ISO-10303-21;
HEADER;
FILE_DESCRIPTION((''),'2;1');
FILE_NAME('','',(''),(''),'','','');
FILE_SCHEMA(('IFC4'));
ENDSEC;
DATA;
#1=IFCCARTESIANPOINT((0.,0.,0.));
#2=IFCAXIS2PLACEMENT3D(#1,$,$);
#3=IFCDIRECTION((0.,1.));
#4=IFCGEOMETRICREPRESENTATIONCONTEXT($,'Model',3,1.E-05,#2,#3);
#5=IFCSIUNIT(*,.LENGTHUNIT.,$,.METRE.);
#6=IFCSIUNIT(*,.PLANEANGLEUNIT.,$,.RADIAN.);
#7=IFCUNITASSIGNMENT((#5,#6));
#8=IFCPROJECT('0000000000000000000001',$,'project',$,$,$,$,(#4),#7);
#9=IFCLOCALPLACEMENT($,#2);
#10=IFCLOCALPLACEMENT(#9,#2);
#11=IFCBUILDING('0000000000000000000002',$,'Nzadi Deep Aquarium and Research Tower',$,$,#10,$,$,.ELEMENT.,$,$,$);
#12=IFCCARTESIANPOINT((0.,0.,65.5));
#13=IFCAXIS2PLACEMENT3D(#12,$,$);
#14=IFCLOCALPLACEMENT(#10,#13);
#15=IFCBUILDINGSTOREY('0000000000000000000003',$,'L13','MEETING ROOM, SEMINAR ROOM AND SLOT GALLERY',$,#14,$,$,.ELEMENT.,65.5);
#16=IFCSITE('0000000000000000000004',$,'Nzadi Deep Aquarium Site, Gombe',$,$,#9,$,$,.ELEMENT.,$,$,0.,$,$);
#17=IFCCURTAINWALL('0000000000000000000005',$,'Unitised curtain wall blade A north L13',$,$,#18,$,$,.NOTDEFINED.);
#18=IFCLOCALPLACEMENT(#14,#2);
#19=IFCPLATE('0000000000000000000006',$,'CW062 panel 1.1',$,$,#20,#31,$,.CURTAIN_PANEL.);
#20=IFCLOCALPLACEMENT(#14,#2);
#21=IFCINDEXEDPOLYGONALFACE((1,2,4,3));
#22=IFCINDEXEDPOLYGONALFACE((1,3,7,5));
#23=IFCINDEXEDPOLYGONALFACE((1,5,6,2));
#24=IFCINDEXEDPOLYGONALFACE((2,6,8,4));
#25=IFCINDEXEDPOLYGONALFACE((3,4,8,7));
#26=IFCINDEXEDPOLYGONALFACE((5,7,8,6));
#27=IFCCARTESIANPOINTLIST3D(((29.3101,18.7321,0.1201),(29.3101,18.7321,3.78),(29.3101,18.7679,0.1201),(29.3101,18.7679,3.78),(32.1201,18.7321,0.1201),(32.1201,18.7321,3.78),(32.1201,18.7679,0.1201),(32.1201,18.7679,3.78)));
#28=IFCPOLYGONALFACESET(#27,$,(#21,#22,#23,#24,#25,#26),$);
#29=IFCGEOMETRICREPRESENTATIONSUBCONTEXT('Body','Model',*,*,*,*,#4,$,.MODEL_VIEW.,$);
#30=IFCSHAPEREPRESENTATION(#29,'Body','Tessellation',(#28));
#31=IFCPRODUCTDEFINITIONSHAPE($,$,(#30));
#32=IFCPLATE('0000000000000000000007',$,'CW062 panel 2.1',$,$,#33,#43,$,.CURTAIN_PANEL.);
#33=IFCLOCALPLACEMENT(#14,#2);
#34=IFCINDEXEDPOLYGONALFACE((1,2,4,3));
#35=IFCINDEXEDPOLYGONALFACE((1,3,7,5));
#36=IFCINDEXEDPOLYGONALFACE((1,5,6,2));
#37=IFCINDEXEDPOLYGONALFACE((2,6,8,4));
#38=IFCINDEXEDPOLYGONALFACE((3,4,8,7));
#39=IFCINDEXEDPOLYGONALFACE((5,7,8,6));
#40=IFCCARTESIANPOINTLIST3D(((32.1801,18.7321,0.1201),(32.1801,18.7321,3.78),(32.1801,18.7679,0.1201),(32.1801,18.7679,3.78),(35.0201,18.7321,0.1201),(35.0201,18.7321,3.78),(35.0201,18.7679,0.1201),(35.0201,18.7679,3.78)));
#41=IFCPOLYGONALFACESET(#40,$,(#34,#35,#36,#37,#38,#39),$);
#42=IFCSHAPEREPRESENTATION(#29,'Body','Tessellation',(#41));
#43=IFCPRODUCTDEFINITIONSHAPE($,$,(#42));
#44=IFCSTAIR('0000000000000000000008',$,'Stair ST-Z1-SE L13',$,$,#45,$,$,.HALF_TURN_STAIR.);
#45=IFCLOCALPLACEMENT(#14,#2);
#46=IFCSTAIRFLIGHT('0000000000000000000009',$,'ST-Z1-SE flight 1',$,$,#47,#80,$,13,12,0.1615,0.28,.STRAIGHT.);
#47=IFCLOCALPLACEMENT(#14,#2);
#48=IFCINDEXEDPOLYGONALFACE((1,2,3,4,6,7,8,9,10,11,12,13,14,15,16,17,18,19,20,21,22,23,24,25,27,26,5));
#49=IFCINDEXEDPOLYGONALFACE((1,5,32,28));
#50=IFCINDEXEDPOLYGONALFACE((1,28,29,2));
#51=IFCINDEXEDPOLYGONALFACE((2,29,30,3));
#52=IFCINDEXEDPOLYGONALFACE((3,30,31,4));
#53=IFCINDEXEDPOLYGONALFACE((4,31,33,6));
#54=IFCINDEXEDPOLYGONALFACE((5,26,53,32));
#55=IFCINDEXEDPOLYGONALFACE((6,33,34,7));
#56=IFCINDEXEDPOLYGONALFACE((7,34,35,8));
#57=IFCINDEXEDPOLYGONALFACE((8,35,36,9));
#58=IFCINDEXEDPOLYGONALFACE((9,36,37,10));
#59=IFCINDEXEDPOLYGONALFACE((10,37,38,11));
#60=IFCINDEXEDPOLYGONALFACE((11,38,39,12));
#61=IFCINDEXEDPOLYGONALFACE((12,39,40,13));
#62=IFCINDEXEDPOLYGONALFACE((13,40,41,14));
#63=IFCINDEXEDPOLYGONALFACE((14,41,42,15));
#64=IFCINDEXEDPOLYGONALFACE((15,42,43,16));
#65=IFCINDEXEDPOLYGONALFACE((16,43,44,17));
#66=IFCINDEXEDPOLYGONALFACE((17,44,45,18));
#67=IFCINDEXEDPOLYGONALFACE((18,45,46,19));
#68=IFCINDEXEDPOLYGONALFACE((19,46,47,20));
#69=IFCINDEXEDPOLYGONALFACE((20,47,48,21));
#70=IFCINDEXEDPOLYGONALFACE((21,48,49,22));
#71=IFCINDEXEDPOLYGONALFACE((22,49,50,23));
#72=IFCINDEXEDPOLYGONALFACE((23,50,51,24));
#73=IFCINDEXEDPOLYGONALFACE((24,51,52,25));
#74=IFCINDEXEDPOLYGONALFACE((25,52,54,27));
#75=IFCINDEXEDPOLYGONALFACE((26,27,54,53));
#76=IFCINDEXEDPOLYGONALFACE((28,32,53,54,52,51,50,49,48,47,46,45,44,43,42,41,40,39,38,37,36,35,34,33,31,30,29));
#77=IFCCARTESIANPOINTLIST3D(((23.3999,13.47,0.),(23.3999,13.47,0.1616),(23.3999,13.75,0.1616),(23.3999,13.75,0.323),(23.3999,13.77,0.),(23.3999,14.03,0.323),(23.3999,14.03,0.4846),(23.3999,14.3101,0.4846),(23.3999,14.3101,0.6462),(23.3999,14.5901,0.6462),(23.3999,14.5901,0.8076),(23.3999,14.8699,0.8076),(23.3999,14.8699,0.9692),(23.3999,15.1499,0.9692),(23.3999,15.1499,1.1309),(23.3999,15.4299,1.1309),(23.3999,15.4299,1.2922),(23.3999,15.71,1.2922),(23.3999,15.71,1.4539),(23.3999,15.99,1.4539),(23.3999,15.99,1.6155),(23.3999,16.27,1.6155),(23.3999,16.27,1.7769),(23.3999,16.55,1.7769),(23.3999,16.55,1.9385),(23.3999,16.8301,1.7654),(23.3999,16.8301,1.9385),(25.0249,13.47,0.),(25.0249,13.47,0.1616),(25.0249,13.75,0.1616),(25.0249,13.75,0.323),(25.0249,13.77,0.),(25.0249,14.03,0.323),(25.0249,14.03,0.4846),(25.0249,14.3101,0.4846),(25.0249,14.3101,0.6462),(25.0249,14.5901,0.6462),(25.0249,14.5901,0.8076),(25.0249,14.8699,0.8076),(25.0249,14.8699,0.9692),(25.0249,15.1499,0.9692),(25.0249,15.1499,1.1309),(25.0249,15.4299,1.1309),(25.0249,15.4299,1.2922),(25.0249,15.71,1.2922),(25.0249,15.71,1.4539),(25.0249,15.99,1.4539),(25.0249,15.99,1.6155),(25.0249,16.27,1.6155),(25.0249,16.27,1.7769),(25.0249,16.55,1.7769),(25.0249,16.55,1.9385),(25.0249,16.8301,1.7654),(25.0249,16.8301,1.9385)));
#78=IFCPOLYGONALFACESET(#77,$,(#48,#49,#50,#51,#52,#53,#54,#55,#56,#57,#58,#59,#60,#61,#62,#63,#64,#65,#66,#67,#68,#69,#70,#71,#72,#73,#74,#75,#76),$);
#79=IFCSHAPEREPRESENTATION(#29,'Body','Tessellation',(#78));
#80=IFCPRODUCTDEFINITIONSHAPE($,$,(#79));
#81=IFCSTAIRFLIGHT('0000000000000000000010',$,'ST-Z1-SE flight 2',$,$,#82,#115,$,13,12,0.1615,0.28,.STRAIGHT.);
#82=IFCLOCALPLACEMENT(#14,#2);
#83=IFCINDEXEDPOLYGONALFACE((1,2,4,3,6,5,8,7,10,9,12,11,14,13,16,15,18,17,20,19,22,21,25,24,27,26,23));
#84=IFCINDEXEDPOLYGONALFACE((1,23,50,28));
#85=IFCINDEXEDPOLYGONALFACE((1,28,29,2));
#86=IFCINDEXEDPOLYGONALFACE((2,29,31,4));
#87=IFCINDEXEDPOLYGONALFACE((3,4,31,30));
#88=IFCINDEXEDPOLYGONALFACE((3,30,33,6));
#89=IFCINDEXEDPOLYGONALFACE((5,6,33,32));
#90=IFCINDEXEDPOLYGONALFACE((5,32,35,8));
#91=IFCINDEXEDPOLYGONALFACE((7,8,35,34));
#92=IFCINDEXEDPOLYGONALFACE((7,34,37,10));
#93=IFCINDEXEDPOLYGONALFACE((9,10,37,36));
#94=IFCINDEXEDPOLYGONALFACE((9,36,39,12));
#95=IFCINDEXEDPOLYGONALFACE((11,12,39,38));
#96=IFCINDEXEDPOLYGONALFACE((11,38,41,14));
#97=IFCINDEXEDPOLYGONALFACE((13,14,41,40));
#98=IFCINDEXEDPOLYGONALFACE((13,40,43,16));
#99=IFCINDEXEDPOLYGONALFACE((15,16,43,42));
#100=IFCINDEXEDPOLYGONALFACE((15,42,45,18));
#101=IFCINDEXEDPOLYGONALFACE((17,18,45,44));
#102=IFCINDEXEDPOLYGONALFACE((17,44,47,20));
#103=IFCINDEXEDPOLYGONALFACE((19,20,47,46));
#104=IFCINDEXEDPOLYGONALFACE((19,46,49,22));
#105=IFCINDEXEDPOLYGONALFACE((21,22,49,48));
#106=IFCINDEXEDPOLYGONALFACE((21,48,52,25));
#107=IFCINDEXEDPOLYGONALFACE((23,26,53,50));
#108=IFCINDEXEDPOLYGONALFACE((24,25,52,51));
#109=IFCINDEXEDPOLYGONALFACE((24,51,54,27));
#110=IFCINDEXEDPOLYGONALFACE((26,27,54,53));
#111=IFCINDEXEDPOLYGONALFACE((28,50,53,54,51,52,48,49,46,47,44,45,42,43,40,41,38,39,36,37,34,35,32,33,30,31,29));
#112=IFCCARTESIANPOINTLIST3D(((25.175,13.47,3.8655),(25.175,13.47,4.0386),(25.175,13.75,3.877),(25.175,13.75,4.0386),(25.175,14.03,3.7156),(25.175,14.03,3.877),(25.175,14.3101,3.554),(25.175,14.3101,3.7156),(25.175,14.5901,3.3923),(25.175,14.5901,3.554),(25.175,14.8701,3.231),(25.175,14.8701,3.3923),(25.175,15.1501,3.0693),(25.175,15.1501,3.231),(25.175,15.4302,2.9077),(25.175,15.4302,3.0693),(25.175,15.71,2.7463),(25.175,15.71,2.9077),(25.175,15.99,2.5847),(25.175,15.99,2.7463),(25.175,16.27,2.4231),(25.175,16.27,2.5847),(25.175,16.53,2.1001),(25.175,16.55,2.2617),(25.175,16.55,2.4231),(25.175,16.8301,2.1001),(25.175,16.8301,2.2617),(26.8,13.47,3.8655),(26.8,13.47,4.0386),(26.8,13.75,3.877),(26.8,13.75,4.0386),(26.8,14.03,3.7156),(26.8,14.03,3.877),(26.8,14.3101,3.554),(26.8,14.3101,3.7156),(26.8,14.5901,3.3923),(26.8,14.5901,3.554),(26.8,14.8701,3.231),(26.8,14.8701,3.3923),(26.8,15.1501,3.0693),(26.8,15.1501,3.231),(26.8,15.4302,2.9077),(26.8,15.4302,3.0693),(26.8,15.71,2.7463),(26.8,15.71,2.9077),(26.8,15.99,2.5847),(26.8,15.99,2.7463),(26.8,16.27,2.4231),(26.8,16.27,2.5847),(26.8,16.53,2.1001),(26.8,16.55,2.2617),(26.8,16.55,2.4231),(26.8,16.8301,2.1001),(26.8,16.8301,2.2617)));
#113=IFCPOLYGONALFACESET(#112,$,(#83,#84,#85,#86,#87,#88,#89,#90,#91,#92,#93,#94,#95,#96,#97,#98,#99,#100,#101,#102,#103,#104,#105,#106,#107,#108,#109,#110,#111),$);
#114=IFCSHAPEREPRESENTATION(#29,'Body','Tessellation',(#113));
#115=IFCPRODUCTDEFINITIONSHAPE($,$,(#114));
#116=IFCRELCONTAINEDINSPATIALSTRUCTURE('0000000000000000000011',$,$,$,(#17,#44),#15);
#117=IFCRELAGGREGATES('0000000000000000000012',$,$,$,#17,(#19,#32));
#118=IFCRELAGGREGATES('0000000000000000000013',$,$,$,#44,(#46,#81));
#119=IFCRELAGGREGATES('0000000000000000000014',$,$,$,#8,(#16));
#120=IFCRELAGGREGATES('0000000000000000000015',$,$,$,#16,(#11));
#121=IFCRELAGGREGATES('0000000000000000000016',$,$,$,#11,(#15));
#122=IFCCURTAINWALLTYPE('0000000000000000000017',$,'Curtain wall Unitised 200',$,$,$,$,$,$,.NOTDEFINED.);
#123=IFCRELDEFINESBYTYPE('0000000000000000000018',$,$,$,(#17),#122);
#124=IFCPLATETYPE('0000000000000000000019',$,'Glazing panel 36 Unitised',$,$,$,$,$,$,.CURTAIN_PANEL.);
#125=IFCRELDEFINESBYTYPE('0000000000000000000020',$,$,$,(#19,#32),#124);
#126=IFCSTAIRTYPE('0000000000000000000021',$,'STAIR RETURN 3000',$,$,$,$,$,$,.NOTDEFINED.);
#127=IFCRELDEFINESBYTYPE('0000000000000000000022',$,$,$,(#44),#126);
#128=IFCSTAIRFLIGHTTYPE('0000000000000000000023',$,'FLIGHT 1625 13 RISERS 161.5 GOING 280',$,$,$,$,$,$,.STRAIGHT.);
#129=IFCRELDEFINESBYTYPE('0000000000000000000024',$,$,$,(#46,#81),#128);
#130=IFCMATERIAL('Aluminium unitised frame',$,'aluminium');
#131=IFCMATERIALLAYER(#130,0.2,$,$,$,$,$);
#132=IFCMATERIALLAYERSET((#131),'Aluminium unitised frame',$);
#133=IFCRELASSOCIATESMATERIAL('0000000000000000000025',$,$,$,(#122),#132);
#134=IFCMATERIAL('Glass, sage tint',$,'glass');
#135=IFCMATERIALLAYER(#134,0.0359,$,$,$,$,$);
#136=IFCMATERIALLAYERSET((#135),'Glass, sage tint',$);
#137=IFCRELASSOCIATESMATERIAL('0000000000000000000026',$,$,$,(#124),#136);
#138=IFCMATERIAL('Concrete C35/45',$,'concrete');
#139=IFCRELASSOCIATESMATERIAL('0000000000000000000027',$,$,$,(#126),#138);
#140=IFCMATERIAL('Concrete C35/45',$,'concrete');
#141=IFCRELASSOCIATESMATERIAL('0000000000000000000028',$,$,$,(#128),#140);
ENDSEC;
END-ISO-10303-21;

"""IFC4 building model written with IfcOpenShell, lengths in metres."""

from ifc_helpers import new_model, si_unit, direction, frame, origin, origin_2d, place, context, subcontext, project, spatial, polyline, rectangle, outline, extrude, material, layer, layer_set, type_object, element, aggregate, save


model = new_model("IFC4")

# Units and contexts
model_context = context("Model", 3, precision=1e-05, world=origin(), true_north=direction((0.0, 1.0)))
body_context = subcontext(model_context, "Body", "Model", "MODEL_VIEW")
ifc_project = project(units=[si_unit("LENGTHUNIT", "METRE"), si_unit("PLANEANGLEUNIT", "RADIAN")], contexts=[model_context])

# Site, building, storey
site_placement = place(None, origin())
site = spatial("IfcSite", under=ifc_project, at=site_placement, Name="Nzadi Deep Aquarium Site, Gombe", CompositionType="ELEMENT", RefElevation=0.0)
building_placement = place(site_placement, origin())
building = spatial("IfcBuilding", under=site, at=building_placement, Name="Nzadi Deep Aquarium and Research Tower", CompositionType="ELEMENT")
storey_placement = place(building_placement, frame((0.0, 0.0, 65.5)))
storey = spatial("IfcBuildingStorey", under=building, at=storey_placement, Name="L13", Description="MEETING ROOM, SEMINAR ROOM AND SLOT GALLERY", CompositionType="ELEMENT", Elevation=65.5)

# Curtain wall
ifc_material_1 = material(Name="Aluminium unitised frame", Category="aluminium")
ifc_layer_1 = layer(ifc_material_1, 0.2)
ifc_layer_set_1 = layer_set([ifc_layer_1], Name="Aluminium unitised frame")
curtain_wall_type = type_object("IfcCurtainWallType", Name="Curtain wall Unitised 200", PredefinedType="NOTDEFINED", material=ifc_layer_set_1)
curtain_wall_1_placement = place(storey_placement, origin())
curtain_wall_1 = element("IfcCurtainWall", 1, at=curtain_wall_1_placement, inside=storey, type_object=curtain_wall_type, Name="Unitised curtain wall blade A north L13", PredefinedType="NOTDEFINED")

# Plates
ifc_material_2 = material(Name="Glass, sage tint", Category="glass")
ifc_layer_2 = layer(ifc_material_2, 0.0359)
ifc_layer_set_2 = layer_set([ifc_layer_2], Name="Glass, sage tint")
plate_type = type_object("IfcPlateType", Name="Glazing panel 36 Unitised", PredefinedType="CURTAIN_PANEL", material=ifc_layer_set_2)
plate_1_placement = place(storey_placement, frame((30.7151, 18.75, 0.1201), z_axis=(0.0, 0.0, 1.0), x_axis=(1.0, 0.0, 0.0)))
plate_1 = element("IfcPlate", 2, at=plate_1_placement, type_object=plate_type, Name="CW062 panel 1.1", PredefinedType="CURTAIN_PANEL", context=body_context, shape_type="SweptSolid", body=[
    extrude(rectangle(XDim=2.8101, YDim=0.0359, at=origin_2d()), origin(), (0.0, 0.0, 1.0), 3.6599),
])
plate_2_placement = place(storey_placement, frame((33.6001, 18.75, 0.1201), z_axis=(0.0, 0.0, 1.0), x_axis=(1.0, 0.0, 0.0)))
plate_2 = element("IfcPlate", 3, at=plate_2_placement, type_object=plate_type, Name="CW062 panel 2.1", PredefinedType="CURTAIN_PANEL", context=body_context, shape_type="SweptSolid", body=[
    extrude(rectangle(XDim=2.8401, YDim=0.0359, at=origin_2d()), origin(), (0.0, 0.0, 1.0), 3.6599),
])
aggregate(curtain_wall_1, [plate_1, plate_2])

# Stair, stair flights
ifc_material_3 = material(Name="Concrete C35/45", Category="concrete")
stair_type = type_object("IfcStairType", Name="STAIR RETURN 3000", PredefinedType="NOTDEFINED", material=ifc_material_3)
stair_placement = place(storey_placement, origin())
stair = element("IfcStair", 4, at=stair_placement, inside=storey, type_object=stair_type, Name="Stair ST-Z1-SE L13", PredefinedType="HALF_TURN_STAIR")
ifc_material_4 = material(Name="Concrete C35/45", Category="concrete")
stair_flight_type = type_object("IfcStairFlightType", Name="FLIGHT 1625 13 RISERS 161.5 GOING 280", PredefinedType="STRAIGHT", material=ifc_material_4)
stair_flight_1_placement = place(storey_placement, frame((24.2124, 13.47, 0.0), z_axis=(0.0, 0.0, 1.0), x_axis=(0.0, 1.0, 0.0)))
stair_flight_1 = element("IfcStairFlight", 5, at=stair_flight_1_placement, type_object=stair_flight_type, Name="ST-Z1-SE flight 1", NumberOfRisers=13, NumberOfTreads=12, PredefinedType="STRAIGHT", RiserHeight=0.1615, TreadLength=0.28, context=body_context, shape_type="SweptSolid", body=[
    extrude(outline(polyline([(0.0, 0.0), (0.0, 0.1616), (0.28, 0.1616), (0.28, 0.323), (0.5601, 0.323), (0.5601, 0.4846), (0.8401, 0.4846), (0.8401, 0.6462), (1.1201, 0.6462), (1.1201, 0.8076), (1.3999, 0.8076), (1.3999, 0.9692), (1.6799, 0.9692), (1.6799, 1.1309), (1.96, 1.1309), (1.96, 1.2922), (2.24, 1.2922), (2.24, 1.4539), (2.52, 1.4539), (2.52, 1.6155), (2.8, 1.6155), (2.8, 1.7769), (3.0801, 1.7769), (3.0801, 1.9385), (3.3601, 1.9385), (3.3601, 2.1001), (3.3601, 1.7654), (0.3, 0.0), (0.0, 0.0)])), frame((0.0, 0.8125, 0.0), z_axis=(0.0, -1.0, 0.0), x_axis=(1.0, 0.0, 0.0)), (0.0, 0.0, 1.0), 1.625),
])
stair_flight_2_placement = place(storey_placement, frame((25.9875, 16.8301, 2.1001), z_axis=(0.0, 0.0, 1.0), x_axis=(0.0, -1.0, 0.0)))
stair_flight_2 = element("IfcStairFlight", 6, at=stair_flight_2_placement, type_object=stair_flight_type, Name="ST-Z1-SE flight 2", NumberOfRisers=13, NumberOfTreads=12, PredefinedType="STRAIGHT", RiserHeight=0.1615, TreadLength=0.28, context=body_context, shape_type="SweptSolid", body=[
    extrude(outline(polyline([(0.0, 0.0), (0.0, 0.1616), (0.28, 0.1616), (0.28, 0.323), (0.5601, 0.323), (0.5601, 0.4846), (0.8401, 0.4846), (0.8401, 0.6462), (1.1201, 0.6462), (1.1201, 0.8076), (1.3999, 0.8076), (1.3999, 0.9692), (1.6799, 0.9692), (1.6799, 1.1309), (1.96, 1.1309), (1.96, 1.2922), (2.24, 1.2922), (2.24, 1.4539), (2.52, 1.4539), (2.52, 1.6155), (2.8, 1.6155), (2.8, 1.7769), (3.0801, 1.7769), (3.0801, 1.9385), (3.3601, 1.9385), (3.3601, 2.1001), (3.3601, 1.7654), (0.3, 0.0), (0.0, 0.0)])), frame((0.0, 0.8125, 0.0), z_axis=(0.0, -1.0, 0.0), x_axis=(1.0, 0.0, 0.0)), (0.0, 0.0, 1.0), 1.625),
])
aggregate(stair, [stair_flight_1, stair_flight_2])

save(model, "model.ifc")
